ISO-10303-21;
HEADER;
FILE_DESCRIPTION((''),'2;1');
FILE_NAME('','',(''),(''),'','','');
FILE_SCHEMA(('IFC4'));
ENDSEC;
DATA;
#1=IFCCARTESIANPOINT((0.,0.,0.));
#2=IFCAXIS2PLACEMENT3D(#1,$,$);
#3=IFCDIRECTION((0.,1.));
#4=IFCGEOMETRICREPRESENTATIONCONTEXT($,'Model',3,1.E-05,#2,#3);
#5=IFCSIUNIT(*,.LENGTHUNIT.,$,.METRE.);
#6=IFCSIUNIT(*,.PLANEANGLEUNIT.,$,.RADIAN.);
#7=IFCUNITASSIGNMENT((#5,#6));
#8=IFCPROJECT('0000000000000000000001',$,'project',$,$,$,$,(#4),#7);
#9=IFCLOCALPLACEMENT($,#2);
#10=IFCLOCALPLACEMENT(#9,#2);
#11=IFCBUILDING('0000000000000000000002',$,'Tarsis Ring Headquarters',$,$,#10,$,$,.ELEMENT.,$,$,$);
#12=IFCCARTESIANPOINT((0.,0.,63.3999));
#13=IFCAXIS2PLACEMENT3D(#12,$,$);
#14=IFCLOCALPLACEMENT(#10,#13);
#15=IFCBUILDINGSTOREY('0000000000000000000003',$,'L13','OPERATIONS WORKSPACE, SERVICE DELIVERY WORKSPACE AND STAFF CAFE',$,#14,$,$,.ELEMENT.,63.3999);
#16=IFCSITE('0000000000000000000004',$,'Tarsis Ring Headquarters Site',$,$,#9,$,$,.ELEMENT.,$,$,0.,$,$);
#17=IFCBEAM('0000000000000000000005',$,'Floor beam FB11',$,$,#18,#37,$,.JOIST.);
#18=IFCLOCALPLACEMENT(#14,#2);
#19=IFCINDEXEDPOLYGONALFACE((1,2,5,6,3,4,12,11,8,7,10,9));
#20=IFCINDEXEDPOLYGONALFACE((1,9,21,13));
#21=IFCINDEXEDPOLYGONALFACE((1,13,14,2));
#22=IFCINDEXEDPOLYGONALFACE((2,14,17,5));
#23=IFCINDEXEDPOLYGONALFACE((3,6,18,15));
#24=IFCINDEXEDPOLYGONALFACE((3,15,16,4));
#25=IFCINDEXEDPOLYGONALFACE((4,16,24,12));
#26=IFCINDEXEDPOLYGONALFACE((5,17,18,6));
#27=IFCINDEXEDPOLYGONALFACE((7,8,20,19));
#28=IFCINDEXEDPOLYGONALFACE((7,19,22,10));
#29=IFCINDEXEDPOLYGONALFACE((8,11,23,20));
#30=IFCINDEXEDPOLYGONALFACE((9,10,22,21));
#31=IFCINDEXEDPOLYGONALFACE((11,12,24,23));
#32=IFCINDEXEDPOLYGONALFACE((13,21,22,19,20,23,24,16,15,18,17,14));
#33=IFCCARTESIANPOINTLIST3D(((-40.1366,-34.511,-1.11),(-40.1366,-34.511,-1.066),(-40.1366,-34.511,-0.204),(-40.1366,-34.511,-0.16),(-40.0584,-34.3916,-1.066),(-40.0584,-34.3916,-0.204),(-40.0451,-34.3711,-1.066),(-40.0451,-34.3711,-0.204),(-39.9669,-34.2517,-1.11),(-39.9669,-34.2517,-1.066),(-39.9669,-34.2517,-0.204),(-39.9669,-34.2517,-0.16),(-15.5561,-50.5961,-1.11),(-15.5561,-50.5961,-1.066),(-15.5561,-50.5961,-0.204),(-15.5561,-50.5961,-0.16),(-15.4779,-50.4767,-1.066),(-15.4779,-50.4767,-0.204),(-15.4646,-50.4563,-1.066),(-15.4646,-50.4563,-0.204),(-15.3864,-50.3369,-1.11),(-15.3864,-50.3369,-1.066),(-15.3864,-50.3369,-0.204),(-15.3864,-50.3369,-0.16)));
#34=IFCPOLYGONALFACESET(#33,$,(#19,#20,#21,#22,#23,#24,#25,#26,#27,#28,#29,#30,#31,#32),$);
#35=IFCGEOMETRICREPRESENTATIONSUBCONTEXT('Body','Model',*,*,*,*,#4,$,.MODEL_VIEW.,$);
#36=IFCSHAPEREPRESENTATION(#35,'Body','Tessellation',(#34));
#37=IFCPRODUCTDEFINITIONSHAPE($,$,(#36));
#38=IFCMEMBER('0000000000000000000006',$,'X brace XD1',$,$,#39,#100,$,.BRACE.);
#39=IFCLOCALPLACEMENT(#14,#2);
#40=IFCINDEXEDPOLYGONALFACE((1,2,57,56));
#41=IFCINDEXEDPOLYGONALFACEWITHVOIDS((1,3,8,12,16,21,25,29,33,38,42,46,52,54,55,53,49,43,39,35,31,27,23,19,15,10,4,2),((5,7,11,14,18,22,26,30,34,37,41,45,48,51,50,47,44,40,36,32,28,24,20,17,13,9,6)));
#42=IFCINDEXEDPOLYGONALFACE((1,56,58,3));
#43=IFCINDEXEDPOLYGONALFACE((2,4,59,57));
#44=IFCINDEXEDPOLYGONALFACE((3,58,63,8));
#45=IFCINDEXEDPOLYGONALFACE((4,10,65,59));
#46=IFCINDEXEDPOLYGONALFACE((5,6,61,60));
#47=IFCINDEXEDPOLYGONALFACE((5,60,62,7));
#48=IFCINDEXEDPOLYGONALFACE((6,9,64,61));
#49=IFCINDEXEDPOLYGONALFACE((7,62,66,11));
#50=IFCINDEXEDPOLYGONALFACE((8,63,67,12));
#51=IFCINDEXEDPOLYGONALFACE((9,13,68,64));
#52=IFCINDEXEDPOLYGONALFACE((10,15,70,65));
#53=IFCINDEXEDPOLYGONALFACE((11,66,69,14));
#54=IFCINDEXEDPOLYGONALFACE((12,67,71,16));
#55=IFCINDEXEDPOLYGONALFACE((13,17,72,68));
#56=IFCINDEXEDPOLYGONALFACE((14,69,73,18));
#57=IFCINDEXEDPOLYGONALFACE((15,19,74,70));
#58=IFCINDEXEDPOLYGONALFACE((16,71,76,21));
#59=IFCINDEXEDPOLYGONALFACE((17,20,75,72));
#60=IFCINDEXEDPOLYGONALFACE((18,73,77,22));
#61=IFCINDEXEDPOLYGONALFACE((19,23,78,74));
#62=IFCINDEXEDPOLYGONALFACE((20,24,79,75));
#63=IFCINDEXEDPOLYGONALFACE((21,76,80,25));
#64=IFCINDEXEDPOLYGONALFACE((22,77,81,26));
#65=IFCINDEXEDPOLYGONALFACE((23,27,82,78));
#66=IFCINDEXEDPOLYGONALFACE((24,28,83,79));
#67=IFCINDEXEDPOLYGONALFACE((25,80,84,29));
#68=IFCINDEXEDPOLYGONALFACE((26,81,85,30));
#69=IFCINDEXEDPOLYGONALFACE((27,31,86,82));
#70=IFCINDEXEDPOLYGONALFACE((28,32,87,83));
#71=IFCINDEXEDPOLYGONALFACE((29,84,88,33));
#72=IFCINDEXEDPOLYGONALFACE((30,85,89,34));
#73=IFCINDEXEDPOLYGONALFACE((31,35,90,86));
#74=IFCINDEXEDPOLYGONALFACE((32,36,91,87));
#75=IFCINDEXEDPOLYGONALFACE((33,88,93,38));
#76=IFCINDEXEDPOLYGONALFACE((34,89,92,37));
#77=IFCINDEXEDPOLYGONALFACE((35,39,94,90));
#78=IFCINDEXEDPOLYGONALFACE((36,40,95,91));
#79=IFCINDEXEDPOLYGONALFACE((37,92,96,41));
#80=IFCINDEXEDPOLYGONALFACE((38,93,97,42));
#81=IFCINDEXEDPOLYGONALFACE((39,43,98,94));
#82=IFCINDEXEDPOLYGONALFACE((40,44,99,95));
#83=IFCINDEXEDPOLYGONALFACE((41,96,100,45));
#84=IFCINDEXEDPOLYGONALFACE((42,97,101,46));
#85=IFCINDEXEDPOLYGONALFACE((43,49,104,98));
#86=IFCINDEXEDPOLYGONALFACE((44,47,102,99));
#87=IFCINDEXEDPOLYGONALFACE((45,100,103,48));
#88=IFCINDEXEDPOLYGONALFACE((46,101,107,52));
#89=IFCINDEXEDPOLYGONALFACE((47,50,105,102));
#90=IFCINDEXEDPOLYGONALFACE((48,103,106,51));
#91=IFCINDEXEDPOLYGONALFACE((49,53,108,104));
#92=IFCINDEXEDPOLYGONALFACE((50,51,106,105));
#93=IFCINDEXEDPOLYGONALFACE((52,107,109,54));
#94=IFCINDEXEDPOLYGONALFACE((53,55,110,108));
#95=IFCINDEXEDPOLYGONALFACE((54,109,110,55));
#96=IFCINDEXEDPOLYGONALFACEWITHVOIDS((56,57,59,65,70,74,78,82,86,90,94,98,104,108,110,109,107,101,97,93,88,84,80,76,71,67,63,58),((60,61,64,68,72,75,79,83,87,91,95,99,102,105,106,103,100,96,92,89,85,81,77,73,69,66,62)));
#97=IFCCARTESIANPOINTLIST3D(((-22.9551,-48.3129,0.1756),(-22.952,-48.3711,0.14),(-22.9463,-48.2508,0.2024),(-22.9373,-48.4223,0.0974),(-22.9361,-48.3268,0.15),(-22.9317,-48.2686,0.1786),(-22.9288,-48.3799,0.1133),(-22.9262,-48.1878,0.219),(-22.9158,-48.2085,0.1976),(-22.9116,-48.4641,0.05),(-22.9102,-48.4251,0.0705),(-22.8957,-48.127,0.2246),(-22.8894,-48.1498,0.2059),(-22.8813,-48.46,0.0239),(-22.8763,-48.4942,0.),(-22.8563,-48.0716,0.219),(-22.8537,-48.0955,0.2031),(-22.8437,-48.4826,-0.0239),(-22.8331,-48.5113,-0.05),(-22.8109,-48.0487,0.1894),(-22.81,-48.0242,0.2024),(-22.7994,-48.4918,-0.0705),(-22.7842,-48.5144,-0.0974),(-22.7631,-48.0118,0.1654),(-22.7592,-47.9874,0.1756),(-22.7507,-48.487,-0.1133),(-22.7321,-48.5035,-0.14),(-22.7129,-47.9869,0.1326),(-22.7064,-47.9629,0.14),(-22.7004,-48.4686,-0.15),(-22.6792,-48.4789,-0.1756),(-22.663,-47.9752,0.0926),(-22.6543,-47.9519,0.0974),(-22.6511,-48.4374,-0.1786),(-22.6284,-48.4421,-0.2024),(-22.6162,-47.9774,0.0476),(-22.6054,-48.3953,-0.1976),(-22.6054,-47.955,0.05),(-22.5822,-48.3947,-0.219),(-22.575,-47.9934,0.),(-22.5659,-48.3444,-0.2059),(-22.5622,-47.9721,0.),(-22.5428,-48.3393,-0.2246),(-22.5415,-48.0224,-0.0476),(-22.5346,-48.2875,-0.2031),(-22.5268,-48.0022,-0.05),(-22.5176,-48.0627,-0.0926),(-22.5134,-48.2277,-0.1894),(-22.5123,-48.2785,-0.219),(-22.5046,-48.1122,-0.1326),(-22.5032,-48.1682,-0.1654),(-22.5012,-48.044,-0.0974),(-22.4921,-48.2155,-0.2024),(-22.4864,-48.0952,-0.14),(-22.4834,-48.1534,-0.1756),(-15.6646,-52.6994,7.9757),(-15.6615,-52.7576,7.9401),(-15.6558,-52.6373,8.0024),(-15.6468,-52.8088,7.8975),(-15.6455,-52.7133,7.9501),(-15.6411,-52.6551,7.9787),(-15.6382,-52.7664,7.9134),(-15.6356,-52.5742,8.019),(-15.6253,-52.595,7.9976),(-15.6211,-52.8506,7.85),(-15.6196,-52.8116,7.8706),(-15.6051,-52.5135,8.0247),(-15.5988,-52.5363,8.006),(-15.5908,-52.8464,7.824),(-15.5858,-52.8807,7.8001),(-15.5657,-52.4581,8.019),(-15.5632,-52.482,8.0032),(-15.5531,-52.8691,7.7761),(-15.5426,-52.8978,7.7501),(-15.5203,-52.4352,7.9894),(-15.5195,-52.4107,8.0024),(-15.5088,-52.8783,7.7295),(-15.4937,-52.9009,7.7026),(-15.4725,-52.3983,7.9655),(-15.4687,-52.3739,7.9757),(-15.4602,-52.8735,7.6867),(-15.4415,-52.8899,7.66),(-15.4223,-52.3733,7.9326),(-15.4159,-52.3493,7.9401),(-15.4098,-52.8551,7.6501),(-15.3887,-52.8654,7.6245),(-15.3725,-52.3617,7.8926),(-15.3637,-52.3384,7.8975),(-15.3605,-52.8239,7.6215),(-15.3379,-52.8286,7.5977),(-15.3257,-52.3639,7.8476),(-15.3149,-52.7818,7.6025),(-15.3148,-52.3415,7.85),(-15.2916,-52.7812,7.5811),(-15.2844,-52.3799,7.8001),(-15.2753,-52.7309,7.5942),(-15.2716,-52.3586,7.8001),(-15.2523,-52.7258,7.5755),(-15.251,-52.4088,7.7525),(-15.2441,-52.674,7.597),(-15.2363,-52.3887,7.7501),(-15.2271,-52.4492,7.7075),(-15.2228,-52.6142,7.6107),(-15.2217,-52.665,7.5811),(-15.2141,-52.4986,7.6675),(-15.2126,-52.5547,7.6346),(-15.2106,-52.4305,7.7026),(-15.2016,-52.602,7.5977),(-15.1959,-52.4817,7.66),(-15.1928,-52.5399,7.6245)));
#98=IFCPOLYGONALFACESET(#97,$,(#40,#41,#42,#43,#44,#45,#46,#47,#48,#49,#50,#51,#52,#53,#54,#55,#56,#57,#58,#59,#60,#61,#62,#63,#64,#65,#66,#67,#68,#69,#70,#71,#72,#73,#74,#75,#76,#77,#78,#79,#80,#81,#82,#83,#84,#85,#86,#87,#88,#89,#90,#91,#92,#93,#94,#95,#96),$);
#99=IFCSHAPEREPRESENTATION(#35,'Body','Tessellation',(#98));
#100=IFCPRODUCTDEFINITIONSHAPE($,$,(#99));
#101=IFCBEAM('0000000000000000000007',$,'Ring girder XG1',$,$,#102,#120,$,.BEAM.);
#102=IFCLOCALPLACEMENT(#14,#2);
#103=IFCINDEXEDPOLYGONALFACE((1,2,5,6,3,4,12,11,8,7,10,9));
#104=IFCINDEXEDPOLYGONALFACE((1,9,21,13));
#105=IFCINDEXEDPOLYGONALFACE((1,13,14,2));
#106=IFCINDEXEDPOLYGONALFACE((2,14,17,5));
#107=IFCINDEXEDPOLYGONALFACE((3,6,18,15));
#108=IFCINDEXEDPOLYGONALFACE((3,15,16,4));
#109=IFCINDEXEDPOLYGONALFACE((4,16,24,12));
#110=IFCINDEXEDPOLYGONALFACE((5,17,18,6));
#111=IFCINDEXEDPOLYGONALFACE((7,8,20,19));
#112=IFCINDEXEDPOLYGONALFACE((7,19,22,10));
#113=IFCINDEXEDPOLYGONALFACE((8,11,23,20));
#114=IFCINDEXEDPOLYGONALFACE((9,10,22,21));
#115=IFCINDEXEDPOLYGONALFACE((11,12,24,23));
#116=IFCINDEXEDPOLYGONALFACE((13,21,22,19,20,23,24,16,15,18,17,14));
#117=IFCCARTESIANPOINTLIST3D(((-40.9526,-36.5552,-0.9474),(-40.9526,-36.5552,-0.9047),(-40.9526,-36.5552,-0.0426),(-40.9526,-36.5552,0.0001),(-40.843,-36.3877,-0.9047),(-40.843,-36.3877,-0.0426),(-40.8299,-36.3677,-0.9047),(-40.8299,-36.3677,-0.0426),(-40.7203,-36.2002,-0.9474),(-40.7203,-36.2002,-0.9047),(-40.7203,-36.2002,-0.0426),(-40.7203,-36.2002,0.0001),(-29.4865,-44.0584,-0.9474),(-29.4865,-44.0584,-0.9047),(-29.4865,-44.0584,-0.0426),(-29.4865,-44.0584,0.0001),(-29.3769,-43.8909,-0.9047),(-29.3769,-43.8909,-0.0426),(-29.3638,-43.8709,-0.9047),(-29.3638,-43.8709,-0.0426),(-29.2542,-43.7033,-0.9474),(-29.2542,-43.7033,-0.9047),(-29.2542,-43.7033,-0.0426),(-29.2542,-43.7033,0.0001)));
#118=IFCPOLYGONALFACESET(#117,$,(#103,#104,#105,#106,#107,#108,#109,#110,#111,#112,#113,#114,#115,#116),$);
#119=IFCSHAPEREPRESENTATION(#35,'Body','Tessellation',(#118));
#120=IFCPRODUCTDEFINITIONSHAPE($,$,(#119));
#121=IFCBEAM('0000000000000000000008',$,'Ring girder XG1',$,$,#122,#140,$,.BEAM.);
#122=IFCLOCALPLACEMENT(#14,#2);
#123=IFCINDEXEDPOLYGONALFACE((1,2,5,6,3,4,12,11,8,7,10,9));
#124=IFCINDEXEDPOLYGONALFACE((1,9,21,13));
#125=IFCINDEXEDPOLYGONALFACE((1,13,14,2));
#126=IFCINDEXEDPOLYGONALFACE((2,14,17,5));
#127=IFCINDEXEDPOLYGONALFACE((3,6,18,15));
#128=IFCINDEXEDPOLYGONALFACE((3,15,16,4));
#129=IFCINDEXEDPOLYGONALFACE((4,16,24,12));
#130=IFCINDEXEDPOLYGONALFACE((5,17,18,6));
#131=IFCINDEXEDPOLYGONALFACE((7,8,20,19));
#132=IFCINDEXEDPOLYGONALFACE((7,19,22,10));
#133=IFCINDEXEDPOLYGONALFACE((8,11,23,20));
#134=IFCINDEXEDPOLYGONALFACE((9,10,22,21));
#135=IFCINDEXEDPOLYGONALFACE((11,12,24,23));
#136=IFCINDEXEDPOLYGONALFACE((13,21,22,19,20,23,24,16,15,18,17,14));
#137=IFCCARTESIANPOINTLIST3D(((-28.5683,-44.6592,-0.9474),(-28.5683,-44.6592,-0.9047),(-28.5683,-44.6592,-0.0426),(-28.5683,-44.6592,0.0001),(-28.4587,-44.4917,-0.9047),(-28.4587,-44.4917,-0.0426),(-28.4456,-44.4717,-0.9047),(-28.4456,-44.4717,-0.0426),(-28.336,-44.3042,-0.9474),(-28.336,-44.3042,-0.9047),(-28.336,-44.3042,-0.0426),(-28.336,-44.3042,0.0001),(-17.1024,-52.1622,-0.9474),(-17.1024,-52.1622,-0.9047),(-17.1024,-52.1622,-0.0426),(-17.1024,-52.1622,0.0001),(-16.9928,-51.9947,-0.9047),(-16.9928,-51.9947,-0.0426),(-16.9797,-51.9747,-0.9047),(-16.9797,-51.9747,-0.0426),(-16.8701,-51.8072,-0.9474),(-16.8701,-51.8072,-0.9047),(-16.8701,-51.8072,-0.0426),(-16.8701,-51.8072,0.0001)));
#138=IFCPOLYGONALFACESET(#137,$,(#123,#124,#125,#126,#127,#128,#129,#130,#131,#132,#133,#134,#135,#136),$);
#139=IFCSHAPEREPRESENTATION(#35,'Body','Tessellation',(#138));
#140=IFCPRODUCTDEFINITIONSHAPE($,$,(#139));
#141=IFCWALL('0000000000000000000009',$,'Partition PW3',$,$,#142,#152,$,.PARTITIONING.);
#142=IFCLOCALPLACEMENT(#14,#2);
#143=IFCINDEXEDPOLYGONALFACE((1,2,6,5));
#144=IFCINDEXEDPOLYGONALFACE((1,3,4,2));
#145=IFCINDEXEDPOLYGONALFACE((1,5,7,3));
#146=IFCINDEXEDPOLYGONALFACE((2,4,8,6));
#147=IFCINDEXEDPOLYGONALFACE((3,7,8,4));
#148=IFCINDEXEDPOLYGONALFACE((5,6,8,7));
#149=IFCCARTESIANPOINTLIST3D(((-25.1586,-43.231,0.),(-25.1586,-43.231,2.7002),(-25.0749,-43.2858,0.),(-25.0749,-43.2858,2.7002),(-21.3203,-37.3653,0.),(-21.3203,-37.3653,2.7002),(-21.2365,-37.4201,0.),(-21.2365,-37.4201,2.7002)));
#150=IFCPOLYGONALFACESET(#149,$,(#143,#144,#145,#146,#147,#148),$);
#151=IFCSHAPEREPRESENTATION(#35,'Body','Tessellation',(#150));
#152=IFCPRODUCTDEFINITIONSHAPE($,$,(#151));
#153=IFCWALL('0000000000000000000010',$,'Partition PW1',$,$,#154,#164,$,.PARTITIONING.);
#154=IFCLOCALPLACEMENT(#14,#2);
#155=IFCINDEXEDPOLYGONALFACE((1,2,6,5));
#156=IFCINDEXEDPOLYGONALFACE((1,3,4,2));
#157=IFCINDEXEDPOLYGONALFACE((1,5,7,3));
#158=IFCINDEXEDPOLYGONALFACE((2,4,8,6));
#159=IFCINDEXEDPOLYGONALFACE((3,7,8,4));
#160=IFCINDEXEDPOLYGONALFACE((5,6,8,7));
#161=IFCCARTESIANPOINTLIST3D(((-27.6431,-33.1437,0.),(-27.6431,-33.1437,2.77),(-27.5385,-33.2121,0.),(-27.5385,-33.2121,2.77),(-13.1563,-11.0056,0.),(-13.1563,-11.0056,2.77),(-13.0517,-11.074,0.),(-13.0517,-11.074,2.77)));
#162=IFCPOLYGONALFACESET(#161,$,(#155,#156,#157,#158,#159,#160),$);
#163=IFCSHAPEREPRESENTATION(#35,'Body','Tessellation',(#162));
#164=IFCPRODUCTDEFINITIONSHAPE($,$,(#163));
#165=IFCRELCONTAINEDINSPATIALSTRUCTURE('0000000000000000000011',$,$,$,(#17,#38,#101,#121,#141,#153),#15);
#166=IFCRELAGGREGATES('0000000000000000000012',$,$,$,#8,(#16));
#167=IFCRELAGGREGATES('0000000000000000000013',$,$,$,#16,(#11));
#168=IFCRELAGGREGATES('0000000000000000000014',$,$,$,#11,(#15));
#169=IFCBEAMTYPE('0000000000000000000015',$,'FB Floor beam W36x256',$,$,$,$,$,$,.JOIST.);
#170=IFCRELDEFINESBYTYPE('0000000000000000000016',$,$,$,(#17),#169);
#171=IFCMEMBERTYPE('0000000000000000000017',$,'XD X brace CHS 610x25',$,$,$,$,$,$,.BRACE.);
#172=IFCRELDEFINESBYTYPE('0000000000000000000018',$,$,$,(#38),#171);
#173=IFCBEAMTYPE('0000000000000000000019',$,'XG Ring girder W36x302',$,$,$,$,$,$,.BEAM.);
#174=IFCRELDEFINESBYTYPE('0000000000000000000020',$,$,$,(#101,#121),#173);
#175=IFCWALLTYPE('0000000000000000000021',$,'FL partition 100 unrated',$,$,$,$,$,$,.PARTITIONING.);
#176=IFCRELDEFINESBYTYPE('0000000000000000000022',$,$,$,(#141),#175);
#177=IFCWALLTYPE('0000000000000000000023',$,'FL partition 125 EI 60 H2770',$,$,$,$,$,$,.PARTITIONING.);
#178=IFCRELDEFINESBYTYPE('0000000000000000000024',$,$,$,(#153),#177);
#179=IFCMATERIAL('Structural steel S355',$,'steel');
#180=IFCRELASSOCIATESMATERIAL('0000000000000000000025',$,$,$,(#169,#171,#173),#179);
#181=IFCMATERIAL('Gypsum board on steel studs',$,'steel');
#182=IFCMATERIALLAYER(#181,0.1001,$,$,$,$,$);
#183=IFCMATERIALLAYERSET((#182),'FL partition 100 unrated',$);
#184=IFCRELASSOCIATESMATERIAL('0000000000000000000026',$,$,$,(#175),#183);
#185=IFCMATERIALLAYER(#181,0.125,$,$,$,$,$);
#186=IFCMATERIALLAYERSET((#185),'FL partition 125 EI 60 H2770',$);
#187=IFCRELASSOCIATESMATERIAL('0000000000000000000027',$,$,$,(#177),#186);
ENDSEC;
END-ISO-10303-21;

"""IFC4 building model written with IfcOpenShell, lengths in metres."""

from ifc_helpers import new_model, si_unit, direction, frame, frame_2d, origin, origin_2d, place, context, subcontext, project, spatial, rectangle, hollow_circle, i_section, extrude, material, layer, layer_set, material_profile, profile_set, type_object, element, save


model = new_model("IFC4")

# Units and contexts
model_context = context("Model", 3, precision=1e-05, world=origin(), true_north=direction((0.0, 1.0)))
body_context = subcontext(model_context, "Body", "Model", "MODEL_VIEW")
ifc_project = project(units=[si_unit("LENGTHUNIT", "METRE"), si_unit("PLANEANGLEUNIT", "RADIAN")], contexts=[model_context])

# Site, building, storey
site_placement = place(None, origin())
site = spatial("IfcSite", under=ifc_project, at=site_placement, Name="Tarsis Ring Headquarters Site", CompositionType="ELEMENT", RefElevation=0.0)
building_placement = place(site_placement, origin())
building = spatial("IfcBuilding", under=site, at=building_placement, Name="Tarsis Ring Headquarters", CompositionType="ELEMENT")
storey_placement = place(building_placement, frame((0.0, 0.0, 63.3999)))
storey = spatial("IfcBuildingStorey", under=building, at=storey_placement, Name="L13", Description="OPERATIONS WORKSPACE, SERVICE DELIVERY WORKSPACE AND STAFF CAFE", CompositionType="ELEMENT", Elevation=63.3999)

# Beam
ifc_material_1 = material(Name="Structural steel S355", Category="steel")
ifc_material_profile_1 = material_profile(ifc_material_1, i_section(OverallWidth=0.3098, OverallDepth=0.95, WebThickness=0.0244, FlangeThickness=0.0439, at=origin_2d()), Name="W36x256")
ifc_profile_set_1 = profile_set([ifc_material_profile_1], Name="Structural steel S355")
beam_type_1 = type_object("IfcBeamType", Name="FB Floor beam W36x256", PredefinedType="JOIST", material=ifc_profile_set_1)
beam_1_placement = place(storey_placement, frame((-40.0518, -34.3813, -0.635), z_axis=(0.836762, -0.547566, 0.0), x_axis=(0.547566, 0.836762, 0.0)))
element("IfcBeam", 1, at=beam_1_placement, inside=storey, type_object=beam_type_1, Name="Floor beam FB11", PredefinedType="JOIST", context=body_context, shape_type="SweptSolid", body=[
    extrude(i_section(OverallWidth=0.3098, OverallDepth=0.95, WebThickness=0.0244, FlangeThickness=0.0439, at=origin_2d()), origin(), (0.0, 0.0, 1.0), 29.3757),
])

# Member
ifc_material_profile_2 = material_profile(ifc_material_1, hollow_circle(Radius=0.3047, WallThickness=0.0249, at=origin_2d()), Name="CHS 610x25")
ifc_profile_set_2 = profile_set([ifc_material_profile_2], Name="Structural steel S355")
member_type = type_object("IfcMemberType", Name="XD X brace CHS 610x25", PredefinedType="BRACE", material=ifc_profile_set_2)
member_placement = place(storey_placement, frame((-22.7192, -48.2332, 0.0), z_axis=(0.631614, -0.380022, 0.675757), x_axis=(0.515546, 0.856862, 0.0)))
element("IfcMember", 2, at=member_placement, inside=storey, type_object=member_type, Name="X brace XD1", PredefinedType="BRACE", context=body_context, shape_type="SweptSolid", body=[
    extrude(hollow_circle(Radius=0.3047, WallThickness=0.0249, at=origin_2d()), origin(), (0.0, 0.0, 1.0), 11.5427),
])

# Beams
ifc_material_profile_3 = material_profile(ifc_material_1, i_section(OverallWidth=0.4243, OverallDepth=0.9475, WebThickness=0.0239, FlangeThickness=0.0427, at=origin_2d()), Name="W36x302")
ifc_profile_set_3 = profile_set([ifc_material_profile_3], Name="Structural steel S355")
beam_type_2 = type_object("IfcBeamType", Name="XG Ring girder W36x302", PredefinedType="BEAM", material=ifc_profile_set_3)
beam_2_placement = place(storey_placement, frame((-40.8364, -36.3777, -0.4736), z_axis=(0.836765, -0.547563, 0.0), x_axis=(0.547563, 0.836765, 0.0)))
element("IfcBeam", 3, at=beam_2_placement, inside=storey, type_object=beam_type_2, Name="Ring girder XG1", PredefinedType="BEAM", context=body_context, shape_type="SweptSolid", body=[
    extrude(i_section(OverallWidth=0.4243, OverallDepth=0.9475, WebThickness=0.0239, FlangeThickness=0.0427, at=origin_2d()), origin(), (0.0, 0.0, 1.0), 13.7029),
])
beam_3_placement = place(storey_placement, frame((-28.4521, -44.4817, -0.4736), z_axis=(0.836767, -0.547558, 0.0), x_axis=(0.547558, 0.836767, 0.0)))
element("IfcBeam", 4, at=beam_3_placement, inside=storey, type_object=beam_type_2, Name="Ring girder XG1", PredefinedType="BEAM", context=body_context, shape_type="SweptSolid", body=[
    extrude(i_section(OverallWidth=0.4243, OverallDepth=0.9475, WebThickness=0.0239, FlangeThickness=0.0427, at=origin_2d()), origin(), (0.0, 0.0, 1.0), 13.7026),
])

# Walls
ifc_material_2 = material(Name="Gypsum board on steel studs", Category="steel")
ifc_layer_1 = layer(ifc_material_2, 0.1001)
ifc_layer_set_1 = layer_set([ifc_layer_1], Name="FL partition 100 unrated")
wall_type_1 = type_object("IfcWallType", Name="FL partition 100 unrated", PredefinedType="PARTITIONING", material=ifc_layer_set_1)
wall_1_placement = place(storey_placement, frame((-25.1167, -43.2583, 0.0), z_axis=(0.0, 0.0, 1.0), x_axis=(0.547559, 0.836767, 0.0)))
element("IfcWall", 5, at=wall_1_placement, inside=storey, type_object=wall_type_1, Name="Partition PW3", PredefinedType="PARTITIONING", context=body_context, shape_type="SweptSolid", body=[
    extrude(rectangle(XDim=7.01, YDim=0.1001, at=frame_2d((3.5049, 0.0))), origin(), (0.0, 0.0, 1.0), 2.7002),
])
ifc_layer_2 = layer(ifc_material_2, 0.125)
ifc_layer_set_2 = layer_set([ifc_layer_2], Name="FL partition 125 EI 60 H2770")
wall_type_2 = type_object("IfcWallType", Name="FL partition 125 EI 60 H2770", PredefinedType="PARTITIONING", material=ifc_layer_set_2)
wall_2_placement = place(storey_placement, frame((-27.5908, -33.178, 0.0), z_axis=(0.0, 0.0, 1.0), x_axis=(0.547563, 0.836764, 0.0)))
element("IfcWall", 6, at=wall_2_placement, inside=storey, type_object=wall_type_2, Name="Partition PW1", PredefinedType="PARTITIONING", context=body_context, shape_type="SweptSolid", body=[
    extrude(rectangle(XDim=26.4568, YDim=0.125, at=frame_2d((13.2285, 0.0))), origin(), (0.0, 0.0, 1.0), 2.77),
])

save(model, "model.ifc")
